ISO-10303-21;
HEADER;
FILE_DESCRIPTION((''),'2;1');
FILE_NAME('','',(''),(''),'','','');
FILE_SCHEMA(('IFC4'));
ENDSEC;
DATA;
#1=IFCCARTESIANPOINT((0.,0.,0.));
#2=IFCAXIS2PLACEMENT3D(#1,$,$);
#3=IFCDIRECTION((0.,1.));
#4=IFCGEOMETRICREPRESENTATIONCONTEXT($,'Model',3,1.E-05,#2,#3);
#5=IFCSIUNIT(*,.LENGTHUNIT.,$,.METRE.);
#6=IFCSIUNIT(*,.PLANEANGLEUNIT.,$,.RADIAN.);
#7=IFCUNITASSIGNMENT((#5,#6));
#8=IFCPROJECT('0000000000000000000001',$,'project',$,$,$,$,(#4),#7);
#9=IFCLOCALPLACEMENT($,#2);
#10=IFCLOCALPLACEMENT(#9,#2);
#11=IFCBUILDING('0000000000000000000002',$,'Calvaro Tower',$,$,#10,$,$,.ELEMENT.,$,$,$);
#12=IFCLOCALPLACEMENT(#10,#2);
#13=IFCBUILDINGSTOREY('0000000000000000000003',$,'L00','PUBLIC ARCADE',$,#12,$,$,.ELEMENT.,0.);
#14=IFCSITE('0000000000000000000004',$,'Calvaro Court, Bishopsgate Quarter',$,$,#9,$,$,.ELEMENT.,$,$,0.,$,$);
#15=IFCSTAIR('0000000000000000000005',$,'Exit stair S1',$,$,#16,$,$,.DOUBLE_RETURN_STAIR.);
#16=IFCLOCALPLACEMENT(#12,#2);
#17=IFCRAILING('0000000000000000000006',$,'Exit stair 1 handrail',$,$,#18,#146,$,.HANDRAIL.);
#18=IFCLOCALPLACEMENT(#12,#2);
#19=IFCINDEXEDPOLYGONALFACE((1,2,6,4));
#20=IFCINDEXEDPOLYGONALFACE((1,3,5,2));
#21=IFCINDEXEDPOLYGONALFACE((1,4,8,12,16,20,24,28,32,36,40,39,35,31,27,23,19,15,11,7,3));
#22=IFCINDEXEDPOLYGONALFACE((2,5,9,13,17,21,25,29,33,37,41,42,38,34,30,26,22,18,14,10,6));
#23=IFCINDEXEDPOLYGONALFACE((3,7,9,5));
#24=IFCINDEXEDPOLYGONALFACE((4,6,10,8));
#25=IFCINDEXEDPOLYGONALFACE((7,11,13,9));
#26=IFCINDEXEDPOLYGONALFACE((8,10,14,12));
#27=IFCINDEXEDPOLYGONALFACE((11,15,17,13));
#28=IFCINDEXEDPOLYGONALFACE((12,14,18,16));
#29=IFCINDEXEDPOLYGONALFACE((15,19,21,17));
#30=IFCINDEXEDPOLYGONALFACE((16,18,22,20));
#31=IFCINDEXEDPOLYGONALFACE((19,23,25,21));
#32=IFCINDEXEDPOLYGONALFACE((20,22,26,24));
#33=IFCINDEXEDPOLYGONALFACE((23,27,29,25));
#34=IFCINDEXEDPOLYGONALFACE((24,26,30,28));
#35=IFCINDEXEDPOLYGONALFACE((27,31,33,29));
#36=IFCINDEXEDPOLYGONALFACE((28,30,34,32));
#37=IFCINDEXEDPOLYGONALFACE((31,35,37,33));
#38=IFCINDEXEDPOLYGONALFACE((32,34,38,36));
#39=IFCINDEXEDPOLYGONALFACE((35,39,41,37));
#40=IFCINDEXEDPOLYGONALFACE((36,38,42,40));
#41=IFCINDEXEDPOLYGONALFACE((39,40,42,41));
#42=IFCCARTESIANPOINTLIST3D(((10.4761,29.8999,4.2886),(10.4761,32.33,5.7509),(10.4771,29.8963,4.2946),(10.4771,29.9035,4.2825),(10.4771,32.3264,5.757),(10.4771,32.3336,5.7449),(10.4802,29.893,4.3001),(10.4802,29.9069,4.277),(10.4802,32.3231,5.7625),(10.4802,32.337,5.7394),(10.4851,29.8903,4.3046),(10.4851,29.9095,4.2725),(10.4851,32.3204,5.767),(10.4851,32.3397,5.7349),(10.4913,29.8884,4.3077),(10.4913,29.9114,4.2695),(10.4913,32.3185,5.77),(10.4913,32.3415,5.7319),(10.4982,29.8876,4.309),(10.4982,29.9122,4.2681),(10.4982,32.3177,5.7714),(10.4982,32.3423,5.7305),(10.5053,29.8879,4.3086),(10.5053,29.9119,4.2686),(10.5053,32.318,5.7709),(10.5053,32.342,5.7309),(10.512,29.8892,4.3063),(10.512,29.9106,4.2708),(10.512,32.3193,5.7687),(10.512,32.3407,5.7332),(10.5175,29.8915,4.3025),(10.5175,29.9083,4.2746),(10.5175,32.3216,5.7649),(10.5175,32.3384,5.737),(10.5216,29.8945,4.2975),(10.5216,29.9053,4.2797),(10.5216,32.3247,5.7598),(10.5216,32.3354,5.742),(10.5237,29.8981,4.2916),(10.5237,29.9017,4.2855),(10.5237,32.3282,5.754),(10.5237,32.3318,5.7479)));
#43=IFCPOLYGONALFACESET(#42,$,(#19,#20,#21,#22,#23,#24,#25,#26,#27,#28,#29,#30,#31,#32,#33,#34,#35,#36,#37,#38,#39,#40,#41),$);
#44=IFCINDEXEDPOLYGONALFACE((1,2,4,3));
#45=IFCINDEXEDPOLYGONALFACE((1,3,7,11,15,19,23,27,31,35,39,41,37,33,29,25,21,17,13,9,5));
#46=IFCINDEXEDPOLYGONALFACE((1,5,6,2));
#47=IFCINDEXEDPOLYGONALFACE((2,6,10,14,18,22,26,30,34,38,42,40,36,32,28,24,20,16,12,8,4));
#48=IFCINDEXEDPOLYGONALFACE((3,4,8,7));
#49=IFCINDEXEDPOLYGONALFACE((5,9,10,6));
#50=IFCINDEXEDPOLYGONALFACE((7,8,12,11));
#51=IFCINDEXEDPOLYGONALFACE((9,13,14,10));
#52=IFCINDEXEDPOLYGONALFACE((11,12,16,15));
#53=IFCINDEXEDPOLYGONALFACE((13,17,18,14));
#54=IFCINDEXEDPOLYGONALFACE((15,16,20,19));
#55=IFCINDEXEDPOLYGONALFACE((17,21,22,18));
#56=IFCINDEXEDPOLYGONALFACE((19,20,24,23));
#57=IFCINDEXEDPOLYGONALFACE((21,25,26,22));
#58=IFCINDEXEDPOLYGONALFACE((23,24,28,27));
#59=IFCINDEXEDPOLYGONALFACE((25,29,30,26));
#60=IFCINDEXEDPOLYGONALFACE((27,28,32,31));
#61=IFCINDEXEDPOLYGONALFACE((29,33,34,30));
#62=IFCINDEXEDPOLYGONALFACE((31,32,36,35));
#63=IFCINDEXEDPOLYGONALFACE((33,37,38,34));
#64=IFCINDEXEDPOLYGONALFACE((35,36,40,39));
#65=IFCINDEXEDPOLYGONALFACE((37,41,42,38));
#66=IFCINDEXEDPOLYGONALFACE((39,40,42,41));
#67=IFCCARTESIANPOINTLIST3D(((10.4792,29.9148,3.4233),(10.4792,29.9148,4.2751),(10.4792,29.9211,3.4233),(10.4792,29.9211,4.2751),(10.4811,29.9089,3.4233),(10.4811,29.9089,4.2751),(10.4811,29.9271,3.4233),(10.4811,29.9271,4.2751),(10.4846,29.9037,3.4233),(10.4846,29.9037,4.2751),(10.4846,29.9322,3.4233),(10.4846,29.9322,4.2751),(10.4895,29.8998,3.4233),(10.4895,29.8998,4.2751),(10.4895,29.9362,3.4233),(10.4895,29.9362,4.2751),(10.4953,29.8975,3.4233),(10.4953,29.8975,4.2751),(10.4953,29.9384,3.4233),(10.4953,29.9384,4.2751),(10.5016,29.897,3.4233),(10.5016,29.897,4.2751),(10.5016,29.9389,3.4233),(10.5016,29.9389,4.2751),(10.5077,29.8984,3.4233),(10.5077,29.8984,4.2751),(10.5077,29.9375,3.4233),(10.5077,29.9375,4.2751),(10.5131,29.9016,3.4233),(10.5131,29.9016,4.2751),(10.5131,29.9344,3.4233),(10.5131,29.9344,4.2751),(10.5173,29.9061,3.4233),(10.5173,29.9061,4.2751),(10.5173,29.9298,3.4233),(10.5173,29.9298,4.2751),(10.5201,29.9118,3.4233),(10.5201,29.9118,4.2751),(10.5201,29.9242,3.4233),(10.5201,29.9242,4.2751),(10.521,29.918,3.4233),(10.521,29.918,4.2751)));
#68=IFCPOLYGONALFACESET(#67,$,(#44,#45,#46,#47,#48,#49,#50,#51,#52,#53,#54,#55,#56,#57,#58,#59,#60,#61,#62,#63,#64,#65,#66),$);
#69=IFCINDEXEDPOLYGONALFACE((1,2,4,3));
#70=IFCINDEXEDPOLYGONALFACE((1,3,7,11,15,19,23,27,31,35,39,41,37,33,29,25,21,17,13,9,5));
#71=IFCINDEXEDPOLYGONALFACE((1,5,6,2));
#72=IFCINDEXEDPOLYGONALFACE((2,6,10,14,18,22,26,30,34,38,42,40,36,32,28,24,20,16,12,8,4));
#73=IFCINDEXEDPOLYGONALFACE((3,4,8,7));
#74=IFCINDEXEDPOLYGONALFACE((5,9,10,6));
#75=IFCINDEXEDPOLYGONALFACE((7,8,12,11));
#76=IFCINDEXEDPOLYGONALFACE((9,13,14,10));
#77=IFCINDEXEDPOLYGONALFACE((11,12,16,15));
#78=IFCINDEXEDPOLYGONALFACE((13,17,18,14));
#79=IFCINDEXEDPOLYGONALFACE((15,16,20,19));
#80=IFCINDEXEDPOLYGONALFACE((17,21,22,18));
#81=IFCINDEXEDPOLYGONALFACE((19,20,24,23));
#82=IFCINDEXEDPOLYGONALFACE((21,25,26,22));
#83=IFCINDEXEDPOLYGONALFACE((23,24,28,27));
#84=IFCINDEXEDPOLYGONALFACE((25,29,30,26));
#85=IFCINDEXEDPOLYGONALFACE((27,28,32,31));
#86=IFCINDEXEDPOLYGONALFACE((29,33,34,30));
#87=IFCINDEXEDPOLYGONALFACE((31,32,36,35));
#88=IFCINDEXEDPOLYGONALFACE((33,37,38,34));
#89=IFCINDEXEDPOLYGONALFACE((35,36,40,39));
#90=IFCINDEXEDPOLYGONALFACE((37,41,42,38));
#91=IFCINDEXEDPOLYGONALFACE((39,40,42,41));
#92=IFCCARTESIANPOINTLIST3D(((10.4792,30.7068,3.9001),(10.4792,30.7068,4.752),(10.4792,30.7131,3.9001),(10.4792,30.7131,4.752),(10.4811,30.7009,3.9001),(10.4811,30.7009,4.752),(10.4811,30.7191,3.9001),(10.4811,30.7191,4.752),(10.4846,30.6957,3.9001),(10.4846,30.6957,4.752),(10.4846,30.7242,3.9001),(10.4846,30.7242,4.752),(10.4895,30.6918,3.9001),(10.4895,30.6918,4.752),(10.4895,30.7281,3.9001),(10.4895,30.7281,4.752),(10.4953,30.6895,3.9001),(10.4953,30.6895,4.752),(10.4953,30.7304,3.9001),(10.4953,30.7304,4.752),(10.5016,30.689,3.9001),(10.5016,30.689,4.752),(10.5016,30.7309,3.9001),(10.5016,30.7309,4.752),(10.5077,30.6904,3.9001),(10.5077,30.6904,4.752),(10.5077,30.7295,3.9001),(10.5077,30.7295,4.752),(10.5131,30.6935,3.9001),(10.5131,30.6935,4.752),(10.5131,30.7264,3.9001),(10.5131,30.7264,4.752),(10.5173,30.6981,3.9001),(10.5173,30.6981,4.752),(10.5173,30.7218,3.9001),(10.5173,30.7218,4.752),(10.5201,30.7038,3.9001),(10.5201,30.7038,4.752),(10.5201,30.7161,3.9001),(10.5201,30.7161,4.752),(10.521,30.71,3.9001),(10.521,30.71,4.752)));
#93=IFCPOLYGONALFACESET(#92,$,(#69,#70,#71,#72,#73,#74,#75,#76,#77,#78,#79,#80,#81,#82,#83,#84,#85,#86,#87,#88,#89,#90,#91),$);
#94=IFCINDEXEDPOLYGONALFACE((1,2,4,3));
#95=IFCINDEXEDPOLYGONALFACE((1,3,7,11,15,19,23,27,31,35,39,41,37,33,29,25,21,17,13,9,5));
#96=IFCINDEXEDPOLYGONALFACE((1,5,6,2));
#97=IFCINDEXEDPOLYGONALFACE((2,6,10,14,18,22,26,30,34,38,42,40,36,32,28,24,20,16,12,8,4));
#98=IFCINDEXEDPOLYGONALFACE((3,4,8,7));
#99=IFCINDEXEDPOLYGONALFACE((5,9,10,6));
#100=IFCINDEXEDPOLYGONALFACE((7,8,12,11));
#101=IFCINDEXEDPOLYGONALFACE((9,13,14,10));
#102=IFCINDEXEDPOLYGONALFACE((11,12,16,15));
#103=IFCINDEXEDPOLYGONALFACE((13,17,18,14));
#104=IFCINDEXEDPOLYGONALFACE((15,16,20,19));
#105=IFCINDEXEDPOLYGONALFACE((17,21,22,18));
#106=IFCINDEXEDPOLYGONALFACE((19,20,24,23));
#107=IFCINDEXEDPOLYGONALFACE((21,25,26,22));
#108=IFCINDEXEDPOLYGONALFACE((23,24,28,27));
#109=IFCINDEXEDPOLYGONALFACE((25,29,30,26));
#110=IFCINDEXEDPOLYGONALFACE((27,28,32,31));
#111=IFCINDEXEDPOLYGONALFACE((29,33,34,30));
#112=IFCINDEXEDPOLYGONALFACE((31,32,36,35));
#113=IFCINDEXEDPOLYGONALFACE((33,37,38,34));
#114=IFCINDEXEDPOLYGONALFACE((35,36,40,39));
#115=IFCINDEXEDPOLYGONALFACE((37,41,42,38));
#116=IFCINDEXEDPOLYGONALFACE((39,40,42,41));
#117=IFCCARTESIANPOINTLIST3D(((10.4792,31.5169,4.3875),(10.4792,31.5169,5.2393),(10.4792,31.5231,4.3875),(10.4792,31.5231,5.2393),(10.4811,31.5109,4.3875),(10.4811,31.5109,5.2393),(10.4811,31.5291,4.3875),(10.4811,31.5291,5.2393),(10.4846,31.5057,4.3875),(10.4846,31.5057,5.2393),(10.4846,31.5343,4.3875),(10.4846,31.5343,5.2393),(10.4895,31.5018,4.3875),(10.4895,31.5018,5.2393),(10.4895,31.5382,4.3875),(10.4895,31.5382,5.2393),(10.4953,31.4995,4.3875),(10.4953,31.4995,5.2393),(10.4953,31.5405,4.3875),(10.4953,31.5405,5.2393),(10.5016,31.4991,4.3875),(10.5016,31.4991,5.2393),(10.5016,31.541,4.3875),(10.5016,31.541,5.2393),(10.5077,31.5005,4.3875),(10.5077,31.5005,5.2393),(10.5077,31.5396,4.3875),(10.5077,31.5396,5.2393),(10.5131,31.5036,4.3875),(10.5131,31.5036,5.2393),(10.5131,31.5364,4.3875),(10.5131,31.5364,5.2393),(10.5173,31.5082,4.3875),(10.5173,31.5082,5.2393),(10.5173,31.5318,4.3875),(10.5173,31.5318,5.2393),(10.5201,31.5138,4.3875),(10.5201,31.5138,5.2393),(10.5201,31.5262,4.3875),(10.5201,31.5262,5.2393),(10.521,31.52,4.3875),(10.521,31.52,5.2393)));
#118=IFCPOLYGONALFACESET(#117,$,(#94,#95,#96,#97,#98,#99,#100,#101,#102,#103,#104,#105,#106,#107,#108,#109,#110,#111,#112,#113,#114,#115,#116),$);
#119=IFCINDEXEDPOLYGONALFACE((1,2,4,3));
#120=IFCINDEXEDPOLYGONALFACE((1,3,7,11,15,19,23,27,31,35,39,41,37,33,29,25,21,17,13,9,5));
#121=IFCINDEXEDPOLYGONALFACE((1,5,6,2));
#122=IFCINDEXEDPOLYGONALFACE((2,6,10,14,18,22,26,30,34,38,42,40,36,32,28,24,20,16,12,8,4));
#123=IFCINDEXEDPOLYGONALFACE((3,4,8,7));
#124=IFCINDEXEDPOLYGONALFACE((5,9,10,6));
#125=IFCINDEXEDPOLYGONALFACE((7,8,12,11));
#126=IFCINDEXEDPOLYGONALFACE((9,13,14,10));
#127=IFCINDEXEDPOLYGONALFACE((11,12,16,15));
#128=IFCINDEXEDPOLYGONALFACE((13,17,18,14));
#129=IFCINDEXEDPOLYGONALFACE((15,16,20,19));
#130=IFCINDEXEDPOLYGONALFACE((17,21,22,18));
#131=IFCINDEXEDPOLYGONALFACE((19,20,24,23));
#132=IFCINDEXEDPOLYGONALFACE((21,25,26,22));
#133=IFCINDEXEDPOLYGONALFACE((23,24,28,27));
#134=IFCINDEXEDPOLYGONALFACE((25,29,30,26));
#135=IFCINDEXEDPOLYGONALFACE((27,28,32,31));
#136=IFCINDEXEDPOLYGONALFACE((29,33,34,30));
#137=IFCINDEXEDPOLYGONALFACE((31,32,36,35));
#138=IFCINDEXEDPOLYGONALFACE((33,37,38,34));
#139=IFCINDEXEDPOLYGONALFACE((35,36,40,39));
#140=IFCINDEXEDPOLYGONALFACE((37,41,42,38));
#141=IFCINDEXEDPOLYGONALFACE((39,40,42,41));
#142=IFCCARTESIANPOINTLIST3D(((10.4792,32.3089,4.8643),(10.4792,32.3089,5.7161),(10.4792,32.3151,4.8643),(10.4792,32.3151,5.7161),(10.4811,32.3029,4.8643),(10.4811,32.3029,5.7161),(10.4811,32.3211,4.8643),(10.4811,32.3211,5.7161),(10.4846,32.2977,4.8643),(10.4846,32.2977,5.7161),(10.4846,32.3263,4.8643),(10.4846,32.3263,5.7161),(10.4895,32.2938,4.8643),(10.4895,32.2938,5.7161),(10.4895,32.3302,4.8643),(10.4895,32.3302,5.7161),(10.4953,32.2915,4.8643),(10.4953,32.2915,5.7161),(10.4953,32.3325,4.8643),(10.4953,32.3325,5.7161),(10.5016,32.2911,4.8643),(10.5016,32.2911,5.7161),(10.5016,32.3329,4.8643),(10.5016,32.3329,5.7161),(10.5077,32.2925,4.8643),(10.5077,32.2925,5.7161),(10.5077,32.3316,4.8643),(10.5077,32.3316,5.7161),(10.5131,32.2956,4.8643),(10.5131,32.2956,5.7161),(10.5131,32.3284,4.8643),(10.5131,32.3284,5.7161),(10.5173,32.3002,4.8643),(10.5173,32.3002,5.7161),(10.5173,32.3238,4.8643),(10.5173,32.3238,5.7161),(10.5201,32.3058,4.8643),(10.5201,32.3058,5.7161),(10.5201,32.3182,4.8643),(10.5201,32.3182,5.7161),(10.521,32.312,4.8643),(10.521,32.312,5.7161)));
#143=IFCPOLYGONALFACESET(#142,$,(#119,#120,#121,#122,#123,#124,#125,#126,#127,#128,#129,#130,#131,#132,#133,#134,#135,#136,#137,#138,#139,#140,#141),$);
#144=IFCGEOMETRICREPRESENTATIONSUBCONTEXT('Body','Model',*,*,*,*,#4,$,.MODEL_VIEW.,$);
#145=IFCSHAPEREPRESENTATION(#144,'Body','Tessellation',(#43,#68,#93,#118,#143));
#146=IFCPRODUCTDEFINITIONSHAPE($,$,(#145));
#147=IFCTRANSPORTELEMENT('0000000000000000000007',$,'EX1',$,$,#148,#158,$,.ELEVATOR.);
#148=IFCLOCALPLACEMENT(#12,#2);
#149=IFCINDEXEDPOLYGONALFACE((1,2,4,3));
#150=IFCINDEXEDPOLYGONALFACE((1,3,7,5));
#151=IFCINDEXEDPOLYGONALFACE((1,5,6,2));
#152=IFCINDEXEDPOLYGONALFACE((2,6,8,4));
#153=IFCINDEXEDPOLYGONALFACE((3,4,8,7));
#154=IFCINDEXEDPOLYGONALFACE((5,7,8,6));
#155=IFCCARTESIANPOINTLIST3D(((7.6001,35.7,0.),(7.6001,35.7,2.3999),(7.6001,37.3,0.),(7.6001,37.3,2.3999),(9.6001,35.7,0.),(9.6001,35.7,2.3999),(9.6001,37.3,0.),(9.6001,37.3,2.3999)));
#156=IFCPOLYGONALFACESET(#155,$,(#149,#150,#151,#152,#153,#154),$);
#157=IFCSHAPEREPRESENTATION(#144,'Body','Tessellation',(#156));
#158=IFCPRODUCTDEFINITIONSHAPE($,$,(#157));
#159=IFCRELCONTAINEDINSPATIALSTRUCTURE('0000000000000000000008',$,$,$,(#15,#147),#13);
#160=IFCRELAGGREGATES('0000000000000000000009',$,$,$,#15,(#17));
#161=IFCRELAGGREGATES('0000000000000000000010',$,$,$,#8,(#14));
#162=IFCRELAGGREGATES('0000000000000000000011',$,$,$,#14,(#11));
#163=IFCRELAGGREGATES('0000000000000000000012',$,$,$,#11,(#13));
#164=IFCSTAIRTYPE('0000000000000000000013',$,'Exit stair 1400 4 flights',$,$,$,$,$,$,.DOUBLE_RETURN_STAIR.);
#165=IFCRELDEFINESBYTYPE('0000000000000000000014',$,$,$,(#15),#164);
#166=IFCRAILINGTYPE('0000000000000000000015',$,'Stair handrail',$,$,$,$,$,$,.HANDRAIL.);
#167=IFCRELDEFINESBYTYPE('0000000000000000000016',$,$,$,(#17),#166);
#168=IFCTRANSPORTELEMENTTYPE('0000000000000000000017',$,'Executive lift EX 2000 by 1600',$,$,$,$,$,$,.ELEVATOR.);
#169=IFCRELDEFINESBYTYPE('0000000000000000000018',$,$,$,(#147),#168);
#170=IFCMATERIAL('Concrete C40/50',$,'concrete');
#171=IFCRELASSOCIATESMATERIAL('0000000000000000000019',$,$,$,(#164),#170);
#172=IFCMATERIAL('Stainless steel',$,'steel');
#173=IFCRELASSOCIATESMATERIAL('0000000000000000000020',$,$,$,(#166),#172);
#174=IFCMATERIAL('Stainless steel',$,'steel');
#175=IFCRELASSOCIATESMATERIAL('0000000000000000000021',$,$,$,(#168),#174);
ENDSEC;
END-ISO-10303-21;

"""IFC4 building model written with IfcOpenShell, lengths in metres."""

from ifc_helpers import new_model, si_unit, direction, frame, origin, origin_2d, place, context, subcontext, project, spatial, rectangle, circle, extrude, material, type_object, element, aggregate, save


model = new_model("IFC4")

# Units and contexts
model_context = context("Model", 3, precision=1e-05, world=origin(), true_north=direction((0.0, 1.0)))
body_context = subcontext(model_context, "Body", "Model", "MODEL_VIEW")
ifc_project = project(units=[si_unit("LENGTHUNIT", "METRE"), si_unit("PLANEANGLEUNIT", "RADIAN")], contexts=[model_context])

# Site, building, storey
site_placement = place(None, origin())
site = spatial("IfcSite", under=ifc_project, at=site_placement, Name="Calvaro Court, Bishopsgate Quarter", CompositionType="ELEMENT", RefElevation=0.0)
building_placement = place(site_placement, origin())
building = spatial("IfcBuilding", under=site, at=building_placement, Name="Calvaro Tower", CompositionType="ELEMENT")
storey_placement = place(building_placement, origin())
storey = spatial("IfcBuildingStorey", under=building, at=storey_placement, Name="L00", Description="PUBLIC ARCADE", CompositionType="ELEMENT", Elevation=0.0)

# Stair
ifc_material_1 = material(Name="Concrete C40/50", Category="concrete")
stair_type = type_object("IfcStairType", Name="Exit stair 1400 4 flights", PredefinedType="DOUBLE_RETURN_STAIR", material=ifc_material_1)
stair_placement = place(storey_placement, origin())
stair = element("IfcStair", 1, at=stair_placement, inside=storey, type_object=stair_type, Name="Exit stair S1", PredefinedType="DOUBLE_RETURN_STAIR")

# Railing
ifc_material_2 = material(Name="Stainless steel", Category="steel")
railing_type_1 = type_object("IfcRailingType", Name="Stair handrail", PredefinedType="HANDRAIL", material=ifc_material_2)
railing_1_placement = place(storey_placement, frame((10.5, 29.8999, 3.4126)))
railing_1 = element("IfcRailing", 2, at=railing_1_placement, type_object=railing_type_1, Name="Exit stair 1 handrail", PredefinedType="HANDRAIL", context=body_context, shape_type="SweptSolid", body=[
    extrude(circle(Radius=0.0239, at=origin_2d()), frame((0.0, 0.0, 0.876), z_axis=(0.0, 0.856824, 0.515609), x_axis=(-1.0, 0.0, 0.0)), (0.0, 0.0, 1.0), 2.8362),
    extrude(circle(Radius=0.021, at=origin_2d()), frame((0.0, 0.0181, 0.0107)), (0.0, 0.0, 1.0), 0.8518),
    extrude(circle(Radius=0.021, at=origin_2d()), frame((0.0, 0.8101, 0.4875)), (0.0, 0.0, 1.0), 0.8518),
    extrude(circle(Radius=0.021, at=origin_2d()), frame((0.0, 1.6201, 0.9749)), (0.0, 0.0, 1.0), 0.8518),
    extrude(circle(Radius=0.021, at=origin_2d()), frame((0.0, 2.4121, 1.4517)), (0.0, 0.0, 1.0), 0.8518),
])
aggregate(stair, [railing_1])

# Transport element
ifc_material_3 = material(Name="Stainless steel", Category="steel")
transport_element_type = type_object("IfcTransportElementType", Name="Executive lift EX 2000 by 1600", PredefinedType="ELEVATOR", material=ifc_material_3)
transport_element_placement = place(storey_placement, frame((8.6001, 36.5, 0.0), z_axis=(0.0, 0.0, 1.0), x_axis=(1.0, 0.0, 0.0)))
element("IfcTransportElement", 3, at=transport_element_placement, inside=storey, type_object=transport_element_type, Name="EX1", PredefinedType="ELEVATOR", context=body_context, shape_type="SweptSolid", body=[
    extrude(rectangle(XDim=2.0, YDim=1.6001, at=origin_2d()), origin(), (0.0, 0.0, 1.0), 2.3999),
])

save(model, "model.ifc")
